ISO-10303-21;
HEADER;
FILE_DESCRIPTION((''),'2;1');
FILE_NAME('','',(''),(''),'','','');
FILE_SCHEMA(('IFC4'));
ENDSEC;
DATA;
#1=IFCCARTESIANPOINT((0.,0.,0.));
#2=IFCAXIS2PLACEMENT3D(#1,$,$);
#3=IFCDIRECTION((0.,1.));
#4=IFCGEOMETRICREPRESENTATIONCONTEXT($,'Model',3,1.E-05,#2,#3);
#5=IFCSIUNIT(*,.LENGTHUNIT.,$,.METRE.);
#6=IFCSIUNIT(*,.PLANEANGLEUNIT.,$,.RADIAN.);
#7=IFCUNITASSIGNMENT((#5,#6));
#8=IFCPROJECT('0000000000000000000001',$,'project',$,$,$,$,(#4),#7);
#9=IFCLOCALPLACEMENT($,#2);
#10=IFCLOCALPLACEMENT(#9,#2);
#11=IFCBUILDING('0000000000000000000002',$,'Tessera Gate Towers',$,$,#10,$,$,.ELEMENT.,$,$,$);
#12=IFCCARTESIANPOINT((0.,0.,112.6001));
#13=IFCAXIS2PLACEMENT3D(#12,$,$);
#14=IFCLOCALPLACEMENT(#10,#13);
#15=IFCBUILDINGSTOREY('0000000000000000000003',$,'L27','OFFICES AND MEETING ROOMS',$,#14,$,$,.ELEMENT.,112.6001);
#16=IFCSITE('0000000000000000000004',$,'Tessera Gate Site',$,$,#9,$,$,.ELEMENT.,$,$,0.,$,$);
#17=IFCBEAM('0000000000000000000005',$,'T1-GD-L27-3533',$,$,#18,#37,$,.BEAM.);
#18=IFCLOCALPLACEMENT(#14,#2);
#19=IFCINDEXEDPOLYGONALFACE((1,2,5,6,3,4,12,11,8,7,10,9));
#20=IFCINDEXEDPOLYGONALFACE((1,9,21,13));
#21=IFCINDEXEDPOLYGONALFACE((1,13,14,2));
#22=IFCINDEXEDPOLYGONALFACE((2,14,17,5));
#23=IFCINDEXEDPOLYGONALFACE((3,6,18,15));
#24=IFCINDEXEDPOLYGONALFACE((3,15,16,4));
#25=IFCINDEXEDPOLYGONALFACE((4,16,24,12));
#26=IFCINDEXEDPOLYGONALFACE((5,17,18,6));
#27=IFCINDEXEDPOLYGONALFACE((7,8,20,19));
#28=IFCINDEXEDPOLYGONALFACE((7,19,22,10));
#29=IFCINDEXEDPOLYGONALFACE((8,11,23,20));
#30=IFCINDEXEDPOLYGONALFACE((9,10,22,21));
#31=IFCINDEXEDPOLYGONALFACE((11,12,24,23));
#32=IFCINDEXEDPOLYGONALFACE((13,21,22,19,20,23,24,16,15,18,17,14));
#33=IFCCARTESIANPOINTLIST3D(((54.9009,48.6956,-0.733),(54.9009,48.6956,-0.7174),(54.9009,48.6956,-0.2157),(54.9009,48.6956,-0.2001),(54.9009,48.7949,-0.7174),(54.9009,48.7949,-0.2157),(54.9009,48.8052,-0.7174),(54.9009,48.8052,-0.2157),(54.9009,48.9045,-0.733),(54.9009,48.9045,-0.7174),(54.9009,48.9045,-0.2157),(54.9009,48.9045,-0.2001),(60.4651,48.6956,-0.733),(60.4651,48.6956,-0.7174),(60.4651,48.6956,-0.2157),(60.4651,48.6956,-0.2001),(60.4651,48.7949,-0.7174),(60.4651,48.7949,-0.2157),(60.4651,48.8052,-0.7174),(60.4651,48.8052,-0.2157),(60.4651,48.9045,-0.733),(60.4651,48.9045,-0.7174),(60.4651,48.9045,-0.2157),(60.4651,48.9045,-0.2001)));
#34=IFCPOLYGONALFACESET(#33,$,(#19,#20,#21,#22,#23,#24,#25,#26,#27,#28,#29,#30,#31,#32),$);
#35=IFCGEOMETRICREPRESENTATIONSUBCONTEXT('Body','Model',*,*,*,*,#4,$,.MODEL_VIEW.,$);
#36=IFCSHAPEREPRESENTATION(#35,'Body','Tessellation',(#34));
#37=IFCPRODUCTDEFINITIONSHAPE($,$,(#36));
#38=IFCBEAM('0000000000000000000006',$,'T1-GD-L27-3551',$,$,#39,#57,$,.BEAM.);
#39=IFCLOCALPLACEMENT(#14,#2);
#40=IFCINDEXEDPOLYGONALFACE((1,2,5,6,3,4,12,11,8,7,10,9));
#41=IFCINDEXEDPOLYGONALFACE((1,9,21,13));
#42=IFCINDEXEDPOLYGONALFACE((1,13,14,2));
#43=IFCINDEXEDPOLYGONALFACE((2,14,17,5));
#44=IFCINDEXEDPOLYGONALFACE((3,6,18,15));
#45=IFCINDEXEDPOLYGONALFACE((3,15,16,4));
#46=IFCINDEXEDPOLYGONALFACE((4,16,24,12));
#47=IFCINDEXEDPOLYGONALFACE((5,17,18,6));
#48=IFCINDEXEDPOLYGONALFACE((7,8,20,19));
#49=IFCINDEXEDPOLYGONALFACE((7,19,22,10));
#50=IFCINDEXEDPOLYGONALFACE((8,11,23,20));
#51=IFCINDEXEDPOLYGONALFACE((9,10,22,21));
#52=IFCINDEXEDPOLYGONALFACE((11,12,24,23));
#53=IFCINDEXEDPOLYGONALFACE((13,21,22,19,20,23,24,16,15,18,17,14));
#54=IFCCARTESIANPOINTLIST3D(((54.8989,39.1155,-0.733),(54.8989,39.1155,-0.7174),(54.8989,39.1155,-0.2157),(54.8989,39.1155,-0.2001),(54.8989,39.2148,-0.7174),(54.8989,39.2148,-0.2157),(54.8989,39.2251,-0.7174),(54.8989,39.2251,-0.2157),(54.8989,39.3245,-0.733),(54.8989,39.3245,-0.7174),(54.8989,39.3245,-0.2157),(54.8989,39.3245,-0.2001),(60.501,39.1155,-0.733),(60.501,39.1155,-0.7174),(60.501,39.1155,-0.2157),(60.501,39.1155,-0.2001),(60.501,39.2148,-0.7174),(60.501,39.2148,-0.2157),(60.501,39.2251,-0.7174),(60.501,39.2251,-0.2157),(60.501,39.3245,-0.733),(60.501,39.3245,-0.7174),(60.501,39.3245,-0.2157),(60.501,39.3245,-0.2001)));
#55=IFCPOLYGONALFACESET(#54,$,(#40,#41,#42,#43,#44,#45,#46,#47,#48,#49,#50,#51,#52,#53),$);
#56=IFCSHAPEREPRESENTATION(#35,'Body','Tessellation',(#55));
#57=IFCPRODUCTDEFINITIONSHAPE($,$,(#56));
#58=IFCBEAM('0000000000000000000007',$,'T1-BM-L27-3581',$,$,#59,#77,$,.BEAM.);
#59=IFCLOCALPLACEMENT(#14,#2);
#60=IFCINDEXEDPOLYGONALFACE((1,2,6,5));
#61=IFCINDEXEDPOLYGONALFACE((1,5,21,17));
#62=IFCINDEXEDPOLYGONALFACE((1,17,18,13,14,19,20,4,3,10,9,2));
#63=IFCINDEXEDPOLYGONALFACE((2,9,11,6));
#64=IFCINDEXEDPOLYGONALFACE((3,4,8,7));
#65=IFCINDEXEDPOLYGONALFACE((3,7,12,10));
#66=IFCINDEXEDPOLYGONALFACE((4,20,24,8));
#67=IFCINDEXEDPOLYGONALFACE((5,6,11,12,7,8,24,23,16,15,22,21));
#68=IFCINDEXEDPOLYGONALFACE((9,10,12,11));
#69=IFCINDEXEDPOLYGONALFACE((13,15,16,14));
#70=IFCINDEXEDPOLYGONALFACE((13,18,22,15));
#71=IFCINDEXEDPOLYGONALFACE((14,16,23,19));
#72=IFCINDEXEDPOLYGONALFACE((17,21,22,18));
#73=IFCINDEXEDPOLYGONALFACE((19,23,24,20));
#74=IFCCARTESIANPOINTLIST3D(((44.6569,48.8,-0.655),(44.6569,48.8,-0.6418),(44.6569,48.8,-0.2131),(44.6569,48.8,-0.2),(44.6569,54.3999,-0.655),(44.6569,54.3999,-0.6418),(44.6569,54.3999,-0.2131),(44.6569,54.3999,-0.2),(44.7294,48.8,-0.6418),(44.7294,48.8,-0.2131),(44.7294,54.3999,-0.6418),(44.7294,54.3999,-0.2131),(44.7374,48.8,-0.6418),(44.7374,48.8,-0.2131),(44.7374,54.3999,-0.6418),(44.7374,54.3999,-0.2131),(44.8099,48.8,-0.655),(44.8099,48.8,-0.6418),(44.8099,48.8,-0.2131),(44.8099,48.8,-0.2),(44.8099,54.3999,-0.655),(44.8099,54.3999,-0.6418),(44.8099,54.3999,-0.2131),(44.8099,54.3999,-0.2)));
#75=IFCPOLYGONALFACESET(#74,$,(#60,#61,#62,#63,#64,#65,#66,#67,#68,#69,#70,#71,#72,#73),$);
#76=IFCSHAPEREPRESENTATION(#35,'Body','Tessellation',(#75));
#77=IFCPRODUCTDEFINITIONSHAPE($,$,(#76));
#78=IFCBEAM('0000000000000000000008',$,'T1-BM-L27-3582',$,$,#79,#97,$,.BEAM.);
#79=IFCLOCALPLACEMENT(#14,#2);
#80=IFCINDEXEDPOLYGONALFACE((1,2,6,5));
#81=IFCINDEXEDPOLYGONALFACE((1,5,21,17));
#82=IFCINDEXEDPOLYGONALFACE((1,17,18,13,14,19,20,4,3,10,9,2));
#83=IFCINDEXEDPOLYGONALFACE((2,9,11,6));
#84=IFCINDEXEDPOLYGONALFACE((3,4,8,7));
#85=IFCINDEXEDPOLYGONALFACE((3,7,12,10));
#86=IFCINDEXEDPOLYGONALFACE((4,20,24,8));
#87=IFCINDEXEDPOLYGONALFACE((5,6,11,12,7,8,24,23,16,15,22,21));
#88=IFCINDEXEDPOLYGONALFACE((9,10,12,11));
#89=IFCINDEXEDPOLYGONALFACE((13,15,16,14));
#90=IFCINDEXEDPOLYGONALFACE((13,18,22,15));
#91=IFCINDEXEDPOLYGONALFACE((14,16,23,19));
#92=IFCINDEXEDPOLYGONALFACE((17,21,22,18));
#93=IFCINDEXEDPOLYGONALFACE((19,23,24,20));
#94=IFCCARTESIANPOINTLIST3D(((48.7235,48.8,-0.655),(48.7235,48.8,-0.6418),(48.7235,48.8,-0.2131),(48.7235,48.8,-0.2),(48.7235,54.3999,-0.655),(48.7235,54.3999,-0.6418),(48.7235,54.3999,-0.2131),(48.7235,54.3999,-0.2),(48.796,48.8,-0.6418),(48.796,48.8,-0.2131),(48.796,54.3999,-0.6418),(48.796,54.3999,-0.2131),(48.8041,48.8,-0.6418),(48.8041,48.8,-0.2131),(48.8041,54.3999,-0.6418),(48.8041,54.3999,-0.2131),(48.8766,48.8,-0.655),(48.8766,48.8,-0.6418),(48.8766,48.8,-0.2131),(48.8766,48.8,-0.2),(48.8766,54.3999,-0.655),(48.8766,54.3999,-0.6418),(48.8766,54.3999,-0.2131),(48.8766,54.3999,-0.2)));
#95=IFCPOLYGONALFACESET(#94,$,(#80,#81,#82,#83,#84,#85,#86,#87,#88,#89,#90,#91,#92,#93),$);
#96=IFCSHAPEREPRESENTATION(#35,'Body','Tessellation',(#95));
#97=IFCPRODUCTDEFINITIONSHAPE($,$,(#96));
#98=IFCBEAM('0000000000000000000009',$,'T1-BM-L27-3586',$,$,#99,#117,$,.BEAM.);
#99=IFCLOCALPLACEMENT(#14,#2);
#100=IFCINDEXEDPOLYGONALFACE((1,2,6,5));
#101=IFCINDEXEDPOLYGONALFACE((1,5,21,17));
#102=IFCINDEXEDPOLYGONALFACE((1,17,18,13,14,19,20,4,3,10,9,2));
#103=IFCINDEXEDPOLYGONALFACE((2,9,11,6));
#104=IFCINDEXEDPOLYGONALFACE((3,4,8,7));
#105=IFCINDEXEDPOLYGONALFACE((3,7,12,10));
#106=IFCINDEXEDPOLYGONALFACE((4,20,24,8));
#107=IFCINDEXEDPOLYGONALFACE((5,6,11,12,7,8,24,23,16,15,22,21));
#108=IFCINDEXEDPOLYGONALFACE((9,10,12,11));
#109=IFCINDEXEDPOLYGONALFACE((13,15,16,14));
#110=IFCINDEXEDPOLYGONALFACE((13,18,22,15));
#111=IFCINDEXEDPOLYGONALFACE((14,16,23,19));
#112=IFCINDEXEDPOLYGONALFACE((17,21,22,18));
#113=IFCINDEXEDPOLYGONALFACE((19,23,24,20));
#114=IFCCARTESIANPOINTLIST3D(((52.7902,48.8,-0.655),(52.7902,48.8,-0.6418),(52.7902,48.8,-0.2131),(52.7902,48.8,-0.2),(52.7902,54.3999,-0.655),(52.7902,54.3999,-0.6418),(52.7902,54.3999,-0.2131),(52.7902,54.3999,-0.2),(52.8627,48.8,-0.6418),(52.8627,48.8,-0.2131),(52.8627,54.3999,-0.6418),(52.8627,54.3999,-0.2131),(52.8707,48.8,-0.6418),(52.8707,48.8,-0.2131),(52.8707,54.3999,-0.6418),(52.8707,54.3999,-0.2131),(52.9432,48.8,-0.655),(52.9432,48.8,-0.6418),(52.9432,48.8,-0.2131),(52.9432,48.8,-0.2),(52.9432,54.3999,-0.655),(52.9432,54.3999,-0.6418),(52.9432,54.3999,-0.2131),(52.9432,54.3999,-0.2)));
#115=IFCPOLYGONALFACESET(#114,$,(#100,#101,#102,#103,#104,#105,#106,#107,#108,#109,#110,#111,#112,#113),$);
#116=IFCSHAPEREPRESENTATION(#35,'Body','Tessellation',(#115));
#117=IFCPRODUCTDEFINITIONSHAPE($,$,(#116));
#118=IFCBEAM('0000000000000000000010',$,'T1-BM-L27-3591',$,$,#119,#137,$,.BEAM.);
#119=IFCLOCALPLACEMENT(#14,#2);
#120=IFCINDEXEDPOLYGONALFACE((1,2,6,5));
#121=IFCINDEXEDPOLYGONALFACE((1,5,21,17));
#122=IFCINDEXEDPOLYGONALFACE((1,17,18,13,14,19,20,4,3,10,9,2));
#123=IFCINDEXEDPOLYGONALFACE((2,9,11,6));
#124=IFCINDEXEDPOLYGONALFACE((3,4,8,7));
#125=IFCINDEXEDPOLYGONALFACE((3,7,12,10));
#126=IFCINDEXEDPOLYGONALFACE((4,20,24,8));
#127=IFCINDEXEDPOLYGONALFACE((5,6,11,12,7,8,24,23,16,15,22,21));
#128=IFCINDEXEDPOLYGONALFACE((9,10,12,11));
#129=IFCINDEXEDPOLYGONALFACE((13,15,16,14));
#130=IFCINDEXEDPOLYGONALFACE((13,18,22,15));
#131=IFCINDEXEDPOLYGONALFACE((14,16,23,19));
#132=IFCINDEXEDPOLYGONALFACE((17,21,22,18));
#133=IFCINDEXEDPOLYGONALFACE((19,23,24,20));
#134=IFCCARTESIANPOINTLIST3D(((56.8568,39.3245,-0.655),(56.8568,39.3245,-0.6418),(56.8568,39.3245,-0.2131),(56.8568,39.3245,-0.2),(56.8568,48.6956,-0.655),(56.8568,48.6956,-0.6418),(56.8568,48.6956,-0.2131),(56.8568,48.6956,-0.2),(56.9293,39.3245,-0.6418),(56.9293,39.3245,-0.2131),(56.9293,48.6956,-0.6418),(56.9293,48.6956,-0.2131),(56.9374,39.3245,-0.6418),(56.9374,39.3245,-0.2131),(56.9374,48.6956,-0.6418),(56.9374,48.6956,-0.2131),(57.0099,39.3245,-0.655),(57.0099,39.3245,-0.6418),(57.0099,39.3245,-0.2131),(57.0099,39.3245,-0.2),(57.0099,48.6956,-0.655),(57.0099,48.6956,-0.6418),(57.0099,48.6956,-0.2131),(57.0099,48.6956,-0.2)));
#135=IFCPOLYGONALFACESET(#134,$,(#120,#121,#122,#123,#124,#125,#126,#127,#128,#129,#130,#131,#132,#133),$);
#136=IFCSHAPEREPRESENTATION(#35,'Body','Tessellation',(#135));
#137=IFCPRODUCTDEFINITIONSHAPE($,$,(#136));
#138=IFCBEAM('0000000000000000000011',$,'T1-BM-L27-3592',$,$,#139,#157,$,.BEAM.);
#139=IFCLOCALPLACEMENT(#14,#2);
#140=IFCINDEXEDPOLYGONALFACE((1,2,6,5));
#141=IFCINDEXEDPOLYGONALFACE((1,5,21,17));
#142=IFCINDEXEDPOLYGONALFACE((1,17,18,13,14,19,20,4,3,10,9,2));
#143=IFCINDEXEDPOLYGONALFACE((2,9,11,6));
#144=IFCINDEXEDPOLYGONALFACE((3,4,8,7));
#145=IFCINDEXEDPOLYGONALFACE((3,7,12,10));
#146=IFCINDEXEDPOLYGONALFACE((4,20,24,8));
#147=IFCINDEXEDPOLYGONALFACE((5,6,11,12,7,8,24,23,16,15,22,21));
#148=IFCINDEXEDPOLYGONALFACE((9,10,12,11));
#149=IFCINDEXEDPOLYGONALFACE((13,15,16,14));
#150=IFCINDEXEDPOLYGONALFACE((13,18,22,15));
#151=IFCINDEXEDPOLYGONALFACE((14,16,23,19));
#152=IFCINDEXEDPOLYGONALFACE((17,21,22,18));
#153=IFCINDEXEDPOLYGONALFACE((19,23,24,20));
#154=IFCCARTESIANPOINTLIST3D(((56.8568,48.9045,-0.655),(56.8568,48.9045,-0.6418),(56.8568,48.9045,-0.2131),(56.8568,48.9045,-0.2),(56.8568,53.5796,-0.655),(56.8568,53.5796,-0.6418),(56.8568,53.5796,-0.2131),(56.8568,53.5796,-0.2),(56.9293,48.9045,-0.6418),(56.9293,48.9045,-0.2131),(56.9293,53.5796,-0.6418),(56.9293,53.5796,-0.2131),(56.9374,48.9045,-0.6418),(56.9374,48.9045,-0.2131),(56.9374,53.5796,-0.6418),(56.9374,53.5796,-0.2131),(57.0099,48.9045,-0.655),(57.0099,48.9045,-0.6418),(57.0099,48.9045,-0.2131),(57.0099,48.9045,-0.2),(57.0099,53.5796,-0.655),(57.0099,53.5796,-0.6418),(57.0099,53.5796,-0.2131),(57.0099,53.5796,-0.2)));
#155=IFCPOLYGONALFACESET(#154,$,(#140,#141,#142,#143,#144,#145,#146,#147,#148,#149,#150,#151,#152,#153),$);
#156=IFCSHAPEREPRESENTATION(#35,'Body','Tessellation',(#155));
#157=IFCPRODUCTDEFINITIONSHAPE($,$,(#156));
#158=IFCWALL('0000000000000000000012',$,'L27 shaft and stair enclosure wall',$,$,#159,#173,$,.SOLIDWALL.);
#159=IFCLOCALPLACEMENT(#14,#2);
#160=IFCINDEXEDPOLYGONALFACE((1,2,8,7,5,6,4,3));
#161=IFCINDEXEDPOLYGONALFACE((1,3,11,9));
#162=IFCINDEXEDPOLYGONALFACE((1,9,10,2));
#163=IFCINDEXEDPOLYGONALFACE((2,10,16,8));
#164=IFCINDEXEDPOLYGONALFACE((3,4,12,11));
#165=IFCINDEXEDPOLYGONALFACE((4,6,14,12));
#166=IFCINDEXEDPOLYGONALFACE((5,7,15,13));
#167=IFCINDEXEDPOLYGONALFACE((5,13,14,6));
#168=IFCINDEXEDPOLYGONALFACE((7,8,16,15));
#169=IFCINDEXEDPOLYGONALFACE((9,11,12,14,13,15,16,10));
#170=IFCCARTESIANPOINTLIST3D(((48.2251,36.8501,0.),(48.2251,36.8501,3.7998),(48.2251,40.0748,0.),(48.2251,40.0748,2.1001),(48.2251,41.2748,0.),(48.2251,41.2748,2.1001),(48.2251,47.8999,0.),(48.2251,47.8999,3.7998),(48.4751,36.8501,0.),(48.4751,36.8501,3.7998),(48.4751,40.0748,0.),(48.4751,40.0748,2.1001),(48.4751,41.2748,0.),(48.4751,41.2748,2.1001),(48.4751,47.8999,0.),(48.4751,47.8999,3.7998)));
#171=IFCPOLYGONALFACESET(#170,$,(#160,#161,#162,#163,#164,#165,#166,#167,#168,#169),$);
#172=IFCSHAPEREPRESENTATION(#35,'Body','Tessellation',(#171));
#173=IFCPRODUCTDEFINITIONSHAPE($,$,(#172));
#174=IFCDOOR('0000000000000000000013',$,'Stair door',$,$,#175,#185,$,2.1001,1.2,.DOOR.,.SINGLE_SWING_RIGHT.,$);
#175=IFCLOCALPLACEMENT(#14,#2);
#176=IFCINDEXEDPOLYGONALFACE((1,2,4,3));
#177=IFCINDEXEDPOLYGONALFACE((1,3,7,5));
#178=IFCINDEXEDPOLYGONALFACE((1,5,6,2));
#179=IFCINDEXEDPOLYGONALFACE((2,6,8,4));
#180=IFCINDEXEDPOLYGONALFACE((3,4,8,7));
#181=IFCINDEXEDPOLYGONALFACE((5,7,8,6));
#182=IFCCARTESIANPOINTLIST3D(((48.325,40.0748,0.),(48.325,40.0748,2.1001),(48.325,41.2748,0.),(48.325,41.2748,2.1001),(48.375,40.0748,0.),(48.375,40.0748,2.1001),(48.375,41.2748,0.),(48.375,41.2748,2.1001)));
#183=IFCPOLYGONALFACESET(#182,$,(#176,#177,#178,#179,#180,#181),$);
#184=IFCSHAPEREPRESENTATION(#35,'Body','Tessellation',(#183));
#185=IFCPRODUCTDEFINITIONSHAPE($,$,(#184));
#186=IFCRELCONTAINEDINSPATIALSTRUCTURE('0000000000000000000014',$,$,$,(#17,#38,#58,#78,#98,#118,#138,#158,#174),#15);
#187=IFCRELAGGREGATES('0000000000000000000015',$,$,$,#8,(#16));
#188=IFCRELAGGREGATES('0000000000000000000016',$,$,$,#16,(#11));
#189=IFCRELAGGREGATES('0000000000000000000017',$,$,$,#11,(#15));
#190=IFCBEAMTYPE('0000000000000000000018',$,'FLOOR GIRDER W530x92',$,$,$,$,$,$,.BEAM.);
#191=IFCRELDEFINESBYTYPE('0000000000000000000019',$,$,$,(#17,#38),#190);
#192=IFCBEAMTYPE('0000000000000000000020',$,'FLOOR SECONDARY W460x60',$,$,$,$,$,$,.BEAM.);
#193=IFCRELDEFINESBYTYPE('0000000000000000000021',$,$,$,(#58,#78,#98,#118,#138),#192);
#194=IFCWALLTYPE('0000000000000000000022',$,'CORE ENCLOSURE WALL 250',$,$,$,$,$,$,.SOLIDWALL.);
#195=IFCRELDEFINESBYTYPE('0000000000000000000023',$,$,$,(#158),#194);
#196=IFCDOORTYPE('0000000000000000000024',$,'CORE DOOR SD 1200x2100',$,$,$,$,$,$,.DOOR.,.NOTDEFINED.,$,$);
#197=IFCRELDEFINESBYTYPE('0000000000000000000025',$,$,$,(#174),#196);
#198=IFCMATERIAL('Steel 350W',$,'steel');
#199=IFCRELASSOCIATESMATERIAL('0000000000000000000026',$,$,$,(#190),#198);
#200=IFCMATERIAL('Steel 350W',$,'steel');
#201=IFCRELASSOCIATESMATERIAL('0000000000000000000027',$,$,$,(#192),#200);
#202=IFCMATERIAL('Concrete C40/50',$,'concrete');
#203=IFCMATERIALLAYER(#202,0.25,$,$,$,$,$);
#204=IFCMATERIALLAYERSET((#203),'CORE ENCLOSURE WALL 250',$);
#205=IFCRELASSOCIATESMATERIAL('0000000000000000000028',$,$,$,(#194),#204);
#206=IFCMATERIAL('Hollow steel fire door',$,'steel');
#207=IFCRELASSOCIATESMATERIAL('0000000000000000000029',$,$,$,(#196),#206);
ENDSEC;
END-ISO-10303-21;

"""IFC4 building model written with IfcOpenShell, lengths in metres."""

from ifc_helpers import new_model, si_unit, direction, frame, frame_2d, origin, origin_2d, place, context, subcontext, project, spatial, rectangle, i_section, extrude, source, transform, mapped, material, layer, layer_set, material_profile, profile_set, type_object, element, fill, save


model = new_model("IFC4")

# Units and contexts
model_context = context("Model", 3, precision=1e-05, world=origin(), true_north=direction((0.0, 1.0)))
body_context = subcontext(model_context, "Body", "Model", "MODEL_VIEW")
ifc_project = project(units=[si_unit("LENGTHUNIT", "METRE"), si_unit("PLANEANGLEUNIT", "RADIAN")], contexts=[model_context])

# Site, building, storey
site_placement = place(None, origin())
site = spatial("IfcSite", under=ifc_project, at=site_placement, Name="Tessera Gate Site", CompositionType="ELEMENT", RefElevation=0.0)
building_placement = place(site_placement, origin())
building = spatial("IfcBuilding", under=site, at=building_placement, Name="Tessera Gate Towers", CompositionType="ELEMENT")
storey_placement = place(building_placement, frame((0.0, 0.0, 112.6001)))
storey = spatial("IfcBuildingStorey", under=building, at=storey_placement, Name="L27", Description="OFFICES AND MEETING ROOMS", CompositionType="ELEMENT", Elevation=112.6001)

# Beams
ifc_material_1 = material(Name="Steel 350W", Category="steel")
ifc_material_profile_1 = material_profile(ifc_material_1, i_section(OverallWidth=0.209, OverallDepth=0.533, WebThickness=0.0103, FlangeThickness=0.0156, at=origin_2d()), Name="W530x92")
ifc_profile_set_1 = profile_set([ifc_material_profile_1], Name="Steel 350W")
beam_type_1 = type_object("IfcBeamType", Name="FLOOR GIRDER W530x92", PredefinedType="BEAM", material=ifc_profile_set_1)
beam_1_placement = place(storey_placement, frame((54.9009, 48.8, -0.4666), z_axis=(1.0, 0.0, 0.0), x_axis=(0.0, 1.0, 0.0)))
element("IfcBeam", 1, at=beam_1_placement, inside=storey, type_object=beam_type_1, Name="T1-GD-L27-3533", PredefinedType="BEAM", context=body_context, shape_type="SweptSolid", body=[
    extrude(i_section(OverallWidth=0.209, OverallDepth=0.533, WebThickness=0.0103, FlangeThickness=0.0156, at=origin_2d()), origin(), (0.0, 0.0, 1.0), 5.5642),
])
beam_2_placement = place(storey_placement, frame((54.8989, 39.22, -0.4666), z_axis=(1.0, 0.0, 0.0), x_axis=(0.0, 1.0, 0.0)))
element("IfcBeam", 2, at=beam_2_placement, inside=storey, type_object=beam_type_1, Name="T1-GD-L27-3551", PredefinedType="BEAM", context=body_context, shape_type="SweptSolid", body=[
    extrude(i_section(OverallWidth=0.209, OverallDepth=0.533, WebThickness=0.0103, FlangeThickness=0.0156, at=origin_2d()), origin(), (0.0, 0.0, 1.0), 5.6021),
])
ifc_material_2 = material(Name="Steel 350W", Category="steel")
ifc_material_profile_2 = material_profile(ifc_material_2, i_section(OverallWidth=0.1531, OverallDepth=0.4551, WebThickness=0.0081, FlangeThickness=0.0132, at=origin_2d()), Name="W460x60")
ifc_profile_set_2 = profile_set([ifc_material_profile_2], Name="Steel 350W")
beam_type_2 = type_object("IfcBeamType", Name="FLOOR SECONDARY W460x60", PredefinedType="BEAM", material=ifc_profile_set_2)
for number, where, z_axis, x_axis, name in (
    (3, (44.7334, 48.8, -0.4275), (0.0, 1.0, 0.0), (-1.0, 0.0, 0.0), "T1-BM-L27-3581"),
    (4, (48.8, 48.8, -0.4275), (0.0, 1.0, 0.0), (-1.0, 0.0, 0.0), "T1-BM-L27-3582"),
    (5, (52.8667, 48.8, -0.4275), (0.0, 1.0, 0.0), (-1.0, 0.0, 0.0), "T1-BM-L27-3586"),
):
    element("IfcBeam", number, at=place(storey_placement, frame(where, z_axis=z_axis, x_axis=x_axis)), inside=storey, type_object=beam_type_2, Name=name, PredefinedType="BEAM", context=body_context, shape_type="SweptSolid", body=[
        extrude(i_section(OverallWidth=0.1531, OverallDepth=0.4551, WebThickness=0.0081, FlangeThickness=0.0132, at=origin_2d()), origin(), (0.0, 0.0, 1.0), 5.5999),
    ])
beam_3_placement = place(storey_placement, frame((56.9333, 39.3245, -0.4275), z_axis=(0.0, 1.0, 0.0), x_axis=(-1.0, 0.0, 0.0)))
element("IfcBeam", 6, at=beam_3_placement, inside=storey, type_object=beam_type_2, Name="T1-BM-L27-3591", PredefinedType="BEAM", context=body_context, shape_type="SweptSolid", body=[
    extrude(i_section(OverallWidth=0.1531, OverallDepth=0.4551, WebThickness=0.0081, FlangeThickness=0.0132, at=origin_2d()), origin(), (0.0, 0.0, 1.0), 9.3711),
])
beam_4_placement = place(storey_placement, frame((56.9333, 48.9045, -0.4275), z_axis=(0.0, 1.0, 0.0), x_axis=(-1.0, 0.0, 0.0)))
element("IfcBeam", 7, at=beam_4_placement, inside=storey, type_object=beam_type_2, Name="T1-BM-L27-3592", PredefinedType="BEAM", context=body_context, shape_type="SweptSolid", body=[
    extrude(i_section(OverallWidth=0.1531, OverallDepth=0.4551, WebThickness=0.0081, FlangeThickness=0.0132, at=origin_2d()), origin(), (0.0, 0.0, 1.0), 4.675),
])

# Wall, opening, door
ifc_material_3 = material(Name="Concrete C40/50", Category="concrete")
ifc_layer_1 = layer(ifc_material_3, 0.25)
ifc_layer_set_1 = layer_set([ifc_layer_1], Name="CORE ENCLOSURE WALL 250")
wall_type_1 = type_object("IfcWallType", Name="CORE ENCLOSURE WALL 250", PredefinedType="SOLIDWALL", material=ifc_layer_set_1)
wall_1_placement = place(storey_placement, frame((48.3501, 47.8999, 0.0), z_axis=(0.0, 0.0, 1.0), x_axis=(0.0, -1.0, 0.0)))
wall_1 = element("IfcWall", 8, at=wall_1_placement, inside=storey, type_object=wall_type_1, Name="L27 shaft and stair enclosure wall", PredefinedType="SOLIDWALL", context=body_context, shape_type="SweptSolid", body=[
    extrude(rectangle(XDim=11.0498, YDim=0.25, at=frame_2d((5.5249, 0.0))), origin(), (0.0, 0.0, 1.0), 3.7998),
])
shared_shape_1 = source(origin(), body_context, "Body", "SweptSolid", [
    extrude(rectangle(XDim=1.2, YDim=2.1001, at=frame_2d((0.6001, 1.05))), frame((0.0, 0.135, 0.0), z_axis=(0.0, -1.0, 0.0), x_axis=(1.0, 0.0, 0.0)), (0.0, 0.0, 1.0), 0.27),
])
opening_1_placement = place(wall_1_placement, frame((6.625, 0.0, 0.0)))
opening_1 = element("IfcOpeningElement", 9, at=opening_1_placement, cuts=wall_1, PredefinedType="OPENING", context=body_context, shape_type="MappedRepresentation", body=[
    mapped(shared_shape_1, transform((0.0, 0.0, 0.0), scale=1.0)),
])
ifc_material_4 = material(Name="Hollow steel fire door", Category="steel")
door_type_1 = type_object("IfcDoorType", Name="CORE DOOR SD 1200x2100", OperationType="NOTDEFINED", PredefinedType="DOOR", material=ifc_material_4)
shared_shape_2 = source(origin(), body_context, "Body", "SweptSolid", [
    extrude(rectangle(XDim=1.2, YDim=2.1001, at=frame_2d((0.6001, 1.05))), frame((0.0, 0.0249, 0.0), z_axis=(0.0, -1.0, 0.0), x_axis=(1.0, 0.0, 0.0)), (0.0, 0.0, 1.0), 0.05),
])
door_1_placement = place(opening_1_placement, origin())
door_1 = element("IfcDoor", 10, at=door_1_placement, inside=storey, type_object=door_type_1, Name="Stair door", OperationType="SINGLE_SWING_RIGHT", OverallHeight=2.1001, OverallWidth=1.2, PredefinedType="DOOR", context=body_context, shape_type="MappedRepresentation", body=[
    mapped(shared_shape_2, transform((0.0, 0.0, 0.0), scale=1.0)),
])
fill(opening_1, door_1)

save(model, "model.ifc")
